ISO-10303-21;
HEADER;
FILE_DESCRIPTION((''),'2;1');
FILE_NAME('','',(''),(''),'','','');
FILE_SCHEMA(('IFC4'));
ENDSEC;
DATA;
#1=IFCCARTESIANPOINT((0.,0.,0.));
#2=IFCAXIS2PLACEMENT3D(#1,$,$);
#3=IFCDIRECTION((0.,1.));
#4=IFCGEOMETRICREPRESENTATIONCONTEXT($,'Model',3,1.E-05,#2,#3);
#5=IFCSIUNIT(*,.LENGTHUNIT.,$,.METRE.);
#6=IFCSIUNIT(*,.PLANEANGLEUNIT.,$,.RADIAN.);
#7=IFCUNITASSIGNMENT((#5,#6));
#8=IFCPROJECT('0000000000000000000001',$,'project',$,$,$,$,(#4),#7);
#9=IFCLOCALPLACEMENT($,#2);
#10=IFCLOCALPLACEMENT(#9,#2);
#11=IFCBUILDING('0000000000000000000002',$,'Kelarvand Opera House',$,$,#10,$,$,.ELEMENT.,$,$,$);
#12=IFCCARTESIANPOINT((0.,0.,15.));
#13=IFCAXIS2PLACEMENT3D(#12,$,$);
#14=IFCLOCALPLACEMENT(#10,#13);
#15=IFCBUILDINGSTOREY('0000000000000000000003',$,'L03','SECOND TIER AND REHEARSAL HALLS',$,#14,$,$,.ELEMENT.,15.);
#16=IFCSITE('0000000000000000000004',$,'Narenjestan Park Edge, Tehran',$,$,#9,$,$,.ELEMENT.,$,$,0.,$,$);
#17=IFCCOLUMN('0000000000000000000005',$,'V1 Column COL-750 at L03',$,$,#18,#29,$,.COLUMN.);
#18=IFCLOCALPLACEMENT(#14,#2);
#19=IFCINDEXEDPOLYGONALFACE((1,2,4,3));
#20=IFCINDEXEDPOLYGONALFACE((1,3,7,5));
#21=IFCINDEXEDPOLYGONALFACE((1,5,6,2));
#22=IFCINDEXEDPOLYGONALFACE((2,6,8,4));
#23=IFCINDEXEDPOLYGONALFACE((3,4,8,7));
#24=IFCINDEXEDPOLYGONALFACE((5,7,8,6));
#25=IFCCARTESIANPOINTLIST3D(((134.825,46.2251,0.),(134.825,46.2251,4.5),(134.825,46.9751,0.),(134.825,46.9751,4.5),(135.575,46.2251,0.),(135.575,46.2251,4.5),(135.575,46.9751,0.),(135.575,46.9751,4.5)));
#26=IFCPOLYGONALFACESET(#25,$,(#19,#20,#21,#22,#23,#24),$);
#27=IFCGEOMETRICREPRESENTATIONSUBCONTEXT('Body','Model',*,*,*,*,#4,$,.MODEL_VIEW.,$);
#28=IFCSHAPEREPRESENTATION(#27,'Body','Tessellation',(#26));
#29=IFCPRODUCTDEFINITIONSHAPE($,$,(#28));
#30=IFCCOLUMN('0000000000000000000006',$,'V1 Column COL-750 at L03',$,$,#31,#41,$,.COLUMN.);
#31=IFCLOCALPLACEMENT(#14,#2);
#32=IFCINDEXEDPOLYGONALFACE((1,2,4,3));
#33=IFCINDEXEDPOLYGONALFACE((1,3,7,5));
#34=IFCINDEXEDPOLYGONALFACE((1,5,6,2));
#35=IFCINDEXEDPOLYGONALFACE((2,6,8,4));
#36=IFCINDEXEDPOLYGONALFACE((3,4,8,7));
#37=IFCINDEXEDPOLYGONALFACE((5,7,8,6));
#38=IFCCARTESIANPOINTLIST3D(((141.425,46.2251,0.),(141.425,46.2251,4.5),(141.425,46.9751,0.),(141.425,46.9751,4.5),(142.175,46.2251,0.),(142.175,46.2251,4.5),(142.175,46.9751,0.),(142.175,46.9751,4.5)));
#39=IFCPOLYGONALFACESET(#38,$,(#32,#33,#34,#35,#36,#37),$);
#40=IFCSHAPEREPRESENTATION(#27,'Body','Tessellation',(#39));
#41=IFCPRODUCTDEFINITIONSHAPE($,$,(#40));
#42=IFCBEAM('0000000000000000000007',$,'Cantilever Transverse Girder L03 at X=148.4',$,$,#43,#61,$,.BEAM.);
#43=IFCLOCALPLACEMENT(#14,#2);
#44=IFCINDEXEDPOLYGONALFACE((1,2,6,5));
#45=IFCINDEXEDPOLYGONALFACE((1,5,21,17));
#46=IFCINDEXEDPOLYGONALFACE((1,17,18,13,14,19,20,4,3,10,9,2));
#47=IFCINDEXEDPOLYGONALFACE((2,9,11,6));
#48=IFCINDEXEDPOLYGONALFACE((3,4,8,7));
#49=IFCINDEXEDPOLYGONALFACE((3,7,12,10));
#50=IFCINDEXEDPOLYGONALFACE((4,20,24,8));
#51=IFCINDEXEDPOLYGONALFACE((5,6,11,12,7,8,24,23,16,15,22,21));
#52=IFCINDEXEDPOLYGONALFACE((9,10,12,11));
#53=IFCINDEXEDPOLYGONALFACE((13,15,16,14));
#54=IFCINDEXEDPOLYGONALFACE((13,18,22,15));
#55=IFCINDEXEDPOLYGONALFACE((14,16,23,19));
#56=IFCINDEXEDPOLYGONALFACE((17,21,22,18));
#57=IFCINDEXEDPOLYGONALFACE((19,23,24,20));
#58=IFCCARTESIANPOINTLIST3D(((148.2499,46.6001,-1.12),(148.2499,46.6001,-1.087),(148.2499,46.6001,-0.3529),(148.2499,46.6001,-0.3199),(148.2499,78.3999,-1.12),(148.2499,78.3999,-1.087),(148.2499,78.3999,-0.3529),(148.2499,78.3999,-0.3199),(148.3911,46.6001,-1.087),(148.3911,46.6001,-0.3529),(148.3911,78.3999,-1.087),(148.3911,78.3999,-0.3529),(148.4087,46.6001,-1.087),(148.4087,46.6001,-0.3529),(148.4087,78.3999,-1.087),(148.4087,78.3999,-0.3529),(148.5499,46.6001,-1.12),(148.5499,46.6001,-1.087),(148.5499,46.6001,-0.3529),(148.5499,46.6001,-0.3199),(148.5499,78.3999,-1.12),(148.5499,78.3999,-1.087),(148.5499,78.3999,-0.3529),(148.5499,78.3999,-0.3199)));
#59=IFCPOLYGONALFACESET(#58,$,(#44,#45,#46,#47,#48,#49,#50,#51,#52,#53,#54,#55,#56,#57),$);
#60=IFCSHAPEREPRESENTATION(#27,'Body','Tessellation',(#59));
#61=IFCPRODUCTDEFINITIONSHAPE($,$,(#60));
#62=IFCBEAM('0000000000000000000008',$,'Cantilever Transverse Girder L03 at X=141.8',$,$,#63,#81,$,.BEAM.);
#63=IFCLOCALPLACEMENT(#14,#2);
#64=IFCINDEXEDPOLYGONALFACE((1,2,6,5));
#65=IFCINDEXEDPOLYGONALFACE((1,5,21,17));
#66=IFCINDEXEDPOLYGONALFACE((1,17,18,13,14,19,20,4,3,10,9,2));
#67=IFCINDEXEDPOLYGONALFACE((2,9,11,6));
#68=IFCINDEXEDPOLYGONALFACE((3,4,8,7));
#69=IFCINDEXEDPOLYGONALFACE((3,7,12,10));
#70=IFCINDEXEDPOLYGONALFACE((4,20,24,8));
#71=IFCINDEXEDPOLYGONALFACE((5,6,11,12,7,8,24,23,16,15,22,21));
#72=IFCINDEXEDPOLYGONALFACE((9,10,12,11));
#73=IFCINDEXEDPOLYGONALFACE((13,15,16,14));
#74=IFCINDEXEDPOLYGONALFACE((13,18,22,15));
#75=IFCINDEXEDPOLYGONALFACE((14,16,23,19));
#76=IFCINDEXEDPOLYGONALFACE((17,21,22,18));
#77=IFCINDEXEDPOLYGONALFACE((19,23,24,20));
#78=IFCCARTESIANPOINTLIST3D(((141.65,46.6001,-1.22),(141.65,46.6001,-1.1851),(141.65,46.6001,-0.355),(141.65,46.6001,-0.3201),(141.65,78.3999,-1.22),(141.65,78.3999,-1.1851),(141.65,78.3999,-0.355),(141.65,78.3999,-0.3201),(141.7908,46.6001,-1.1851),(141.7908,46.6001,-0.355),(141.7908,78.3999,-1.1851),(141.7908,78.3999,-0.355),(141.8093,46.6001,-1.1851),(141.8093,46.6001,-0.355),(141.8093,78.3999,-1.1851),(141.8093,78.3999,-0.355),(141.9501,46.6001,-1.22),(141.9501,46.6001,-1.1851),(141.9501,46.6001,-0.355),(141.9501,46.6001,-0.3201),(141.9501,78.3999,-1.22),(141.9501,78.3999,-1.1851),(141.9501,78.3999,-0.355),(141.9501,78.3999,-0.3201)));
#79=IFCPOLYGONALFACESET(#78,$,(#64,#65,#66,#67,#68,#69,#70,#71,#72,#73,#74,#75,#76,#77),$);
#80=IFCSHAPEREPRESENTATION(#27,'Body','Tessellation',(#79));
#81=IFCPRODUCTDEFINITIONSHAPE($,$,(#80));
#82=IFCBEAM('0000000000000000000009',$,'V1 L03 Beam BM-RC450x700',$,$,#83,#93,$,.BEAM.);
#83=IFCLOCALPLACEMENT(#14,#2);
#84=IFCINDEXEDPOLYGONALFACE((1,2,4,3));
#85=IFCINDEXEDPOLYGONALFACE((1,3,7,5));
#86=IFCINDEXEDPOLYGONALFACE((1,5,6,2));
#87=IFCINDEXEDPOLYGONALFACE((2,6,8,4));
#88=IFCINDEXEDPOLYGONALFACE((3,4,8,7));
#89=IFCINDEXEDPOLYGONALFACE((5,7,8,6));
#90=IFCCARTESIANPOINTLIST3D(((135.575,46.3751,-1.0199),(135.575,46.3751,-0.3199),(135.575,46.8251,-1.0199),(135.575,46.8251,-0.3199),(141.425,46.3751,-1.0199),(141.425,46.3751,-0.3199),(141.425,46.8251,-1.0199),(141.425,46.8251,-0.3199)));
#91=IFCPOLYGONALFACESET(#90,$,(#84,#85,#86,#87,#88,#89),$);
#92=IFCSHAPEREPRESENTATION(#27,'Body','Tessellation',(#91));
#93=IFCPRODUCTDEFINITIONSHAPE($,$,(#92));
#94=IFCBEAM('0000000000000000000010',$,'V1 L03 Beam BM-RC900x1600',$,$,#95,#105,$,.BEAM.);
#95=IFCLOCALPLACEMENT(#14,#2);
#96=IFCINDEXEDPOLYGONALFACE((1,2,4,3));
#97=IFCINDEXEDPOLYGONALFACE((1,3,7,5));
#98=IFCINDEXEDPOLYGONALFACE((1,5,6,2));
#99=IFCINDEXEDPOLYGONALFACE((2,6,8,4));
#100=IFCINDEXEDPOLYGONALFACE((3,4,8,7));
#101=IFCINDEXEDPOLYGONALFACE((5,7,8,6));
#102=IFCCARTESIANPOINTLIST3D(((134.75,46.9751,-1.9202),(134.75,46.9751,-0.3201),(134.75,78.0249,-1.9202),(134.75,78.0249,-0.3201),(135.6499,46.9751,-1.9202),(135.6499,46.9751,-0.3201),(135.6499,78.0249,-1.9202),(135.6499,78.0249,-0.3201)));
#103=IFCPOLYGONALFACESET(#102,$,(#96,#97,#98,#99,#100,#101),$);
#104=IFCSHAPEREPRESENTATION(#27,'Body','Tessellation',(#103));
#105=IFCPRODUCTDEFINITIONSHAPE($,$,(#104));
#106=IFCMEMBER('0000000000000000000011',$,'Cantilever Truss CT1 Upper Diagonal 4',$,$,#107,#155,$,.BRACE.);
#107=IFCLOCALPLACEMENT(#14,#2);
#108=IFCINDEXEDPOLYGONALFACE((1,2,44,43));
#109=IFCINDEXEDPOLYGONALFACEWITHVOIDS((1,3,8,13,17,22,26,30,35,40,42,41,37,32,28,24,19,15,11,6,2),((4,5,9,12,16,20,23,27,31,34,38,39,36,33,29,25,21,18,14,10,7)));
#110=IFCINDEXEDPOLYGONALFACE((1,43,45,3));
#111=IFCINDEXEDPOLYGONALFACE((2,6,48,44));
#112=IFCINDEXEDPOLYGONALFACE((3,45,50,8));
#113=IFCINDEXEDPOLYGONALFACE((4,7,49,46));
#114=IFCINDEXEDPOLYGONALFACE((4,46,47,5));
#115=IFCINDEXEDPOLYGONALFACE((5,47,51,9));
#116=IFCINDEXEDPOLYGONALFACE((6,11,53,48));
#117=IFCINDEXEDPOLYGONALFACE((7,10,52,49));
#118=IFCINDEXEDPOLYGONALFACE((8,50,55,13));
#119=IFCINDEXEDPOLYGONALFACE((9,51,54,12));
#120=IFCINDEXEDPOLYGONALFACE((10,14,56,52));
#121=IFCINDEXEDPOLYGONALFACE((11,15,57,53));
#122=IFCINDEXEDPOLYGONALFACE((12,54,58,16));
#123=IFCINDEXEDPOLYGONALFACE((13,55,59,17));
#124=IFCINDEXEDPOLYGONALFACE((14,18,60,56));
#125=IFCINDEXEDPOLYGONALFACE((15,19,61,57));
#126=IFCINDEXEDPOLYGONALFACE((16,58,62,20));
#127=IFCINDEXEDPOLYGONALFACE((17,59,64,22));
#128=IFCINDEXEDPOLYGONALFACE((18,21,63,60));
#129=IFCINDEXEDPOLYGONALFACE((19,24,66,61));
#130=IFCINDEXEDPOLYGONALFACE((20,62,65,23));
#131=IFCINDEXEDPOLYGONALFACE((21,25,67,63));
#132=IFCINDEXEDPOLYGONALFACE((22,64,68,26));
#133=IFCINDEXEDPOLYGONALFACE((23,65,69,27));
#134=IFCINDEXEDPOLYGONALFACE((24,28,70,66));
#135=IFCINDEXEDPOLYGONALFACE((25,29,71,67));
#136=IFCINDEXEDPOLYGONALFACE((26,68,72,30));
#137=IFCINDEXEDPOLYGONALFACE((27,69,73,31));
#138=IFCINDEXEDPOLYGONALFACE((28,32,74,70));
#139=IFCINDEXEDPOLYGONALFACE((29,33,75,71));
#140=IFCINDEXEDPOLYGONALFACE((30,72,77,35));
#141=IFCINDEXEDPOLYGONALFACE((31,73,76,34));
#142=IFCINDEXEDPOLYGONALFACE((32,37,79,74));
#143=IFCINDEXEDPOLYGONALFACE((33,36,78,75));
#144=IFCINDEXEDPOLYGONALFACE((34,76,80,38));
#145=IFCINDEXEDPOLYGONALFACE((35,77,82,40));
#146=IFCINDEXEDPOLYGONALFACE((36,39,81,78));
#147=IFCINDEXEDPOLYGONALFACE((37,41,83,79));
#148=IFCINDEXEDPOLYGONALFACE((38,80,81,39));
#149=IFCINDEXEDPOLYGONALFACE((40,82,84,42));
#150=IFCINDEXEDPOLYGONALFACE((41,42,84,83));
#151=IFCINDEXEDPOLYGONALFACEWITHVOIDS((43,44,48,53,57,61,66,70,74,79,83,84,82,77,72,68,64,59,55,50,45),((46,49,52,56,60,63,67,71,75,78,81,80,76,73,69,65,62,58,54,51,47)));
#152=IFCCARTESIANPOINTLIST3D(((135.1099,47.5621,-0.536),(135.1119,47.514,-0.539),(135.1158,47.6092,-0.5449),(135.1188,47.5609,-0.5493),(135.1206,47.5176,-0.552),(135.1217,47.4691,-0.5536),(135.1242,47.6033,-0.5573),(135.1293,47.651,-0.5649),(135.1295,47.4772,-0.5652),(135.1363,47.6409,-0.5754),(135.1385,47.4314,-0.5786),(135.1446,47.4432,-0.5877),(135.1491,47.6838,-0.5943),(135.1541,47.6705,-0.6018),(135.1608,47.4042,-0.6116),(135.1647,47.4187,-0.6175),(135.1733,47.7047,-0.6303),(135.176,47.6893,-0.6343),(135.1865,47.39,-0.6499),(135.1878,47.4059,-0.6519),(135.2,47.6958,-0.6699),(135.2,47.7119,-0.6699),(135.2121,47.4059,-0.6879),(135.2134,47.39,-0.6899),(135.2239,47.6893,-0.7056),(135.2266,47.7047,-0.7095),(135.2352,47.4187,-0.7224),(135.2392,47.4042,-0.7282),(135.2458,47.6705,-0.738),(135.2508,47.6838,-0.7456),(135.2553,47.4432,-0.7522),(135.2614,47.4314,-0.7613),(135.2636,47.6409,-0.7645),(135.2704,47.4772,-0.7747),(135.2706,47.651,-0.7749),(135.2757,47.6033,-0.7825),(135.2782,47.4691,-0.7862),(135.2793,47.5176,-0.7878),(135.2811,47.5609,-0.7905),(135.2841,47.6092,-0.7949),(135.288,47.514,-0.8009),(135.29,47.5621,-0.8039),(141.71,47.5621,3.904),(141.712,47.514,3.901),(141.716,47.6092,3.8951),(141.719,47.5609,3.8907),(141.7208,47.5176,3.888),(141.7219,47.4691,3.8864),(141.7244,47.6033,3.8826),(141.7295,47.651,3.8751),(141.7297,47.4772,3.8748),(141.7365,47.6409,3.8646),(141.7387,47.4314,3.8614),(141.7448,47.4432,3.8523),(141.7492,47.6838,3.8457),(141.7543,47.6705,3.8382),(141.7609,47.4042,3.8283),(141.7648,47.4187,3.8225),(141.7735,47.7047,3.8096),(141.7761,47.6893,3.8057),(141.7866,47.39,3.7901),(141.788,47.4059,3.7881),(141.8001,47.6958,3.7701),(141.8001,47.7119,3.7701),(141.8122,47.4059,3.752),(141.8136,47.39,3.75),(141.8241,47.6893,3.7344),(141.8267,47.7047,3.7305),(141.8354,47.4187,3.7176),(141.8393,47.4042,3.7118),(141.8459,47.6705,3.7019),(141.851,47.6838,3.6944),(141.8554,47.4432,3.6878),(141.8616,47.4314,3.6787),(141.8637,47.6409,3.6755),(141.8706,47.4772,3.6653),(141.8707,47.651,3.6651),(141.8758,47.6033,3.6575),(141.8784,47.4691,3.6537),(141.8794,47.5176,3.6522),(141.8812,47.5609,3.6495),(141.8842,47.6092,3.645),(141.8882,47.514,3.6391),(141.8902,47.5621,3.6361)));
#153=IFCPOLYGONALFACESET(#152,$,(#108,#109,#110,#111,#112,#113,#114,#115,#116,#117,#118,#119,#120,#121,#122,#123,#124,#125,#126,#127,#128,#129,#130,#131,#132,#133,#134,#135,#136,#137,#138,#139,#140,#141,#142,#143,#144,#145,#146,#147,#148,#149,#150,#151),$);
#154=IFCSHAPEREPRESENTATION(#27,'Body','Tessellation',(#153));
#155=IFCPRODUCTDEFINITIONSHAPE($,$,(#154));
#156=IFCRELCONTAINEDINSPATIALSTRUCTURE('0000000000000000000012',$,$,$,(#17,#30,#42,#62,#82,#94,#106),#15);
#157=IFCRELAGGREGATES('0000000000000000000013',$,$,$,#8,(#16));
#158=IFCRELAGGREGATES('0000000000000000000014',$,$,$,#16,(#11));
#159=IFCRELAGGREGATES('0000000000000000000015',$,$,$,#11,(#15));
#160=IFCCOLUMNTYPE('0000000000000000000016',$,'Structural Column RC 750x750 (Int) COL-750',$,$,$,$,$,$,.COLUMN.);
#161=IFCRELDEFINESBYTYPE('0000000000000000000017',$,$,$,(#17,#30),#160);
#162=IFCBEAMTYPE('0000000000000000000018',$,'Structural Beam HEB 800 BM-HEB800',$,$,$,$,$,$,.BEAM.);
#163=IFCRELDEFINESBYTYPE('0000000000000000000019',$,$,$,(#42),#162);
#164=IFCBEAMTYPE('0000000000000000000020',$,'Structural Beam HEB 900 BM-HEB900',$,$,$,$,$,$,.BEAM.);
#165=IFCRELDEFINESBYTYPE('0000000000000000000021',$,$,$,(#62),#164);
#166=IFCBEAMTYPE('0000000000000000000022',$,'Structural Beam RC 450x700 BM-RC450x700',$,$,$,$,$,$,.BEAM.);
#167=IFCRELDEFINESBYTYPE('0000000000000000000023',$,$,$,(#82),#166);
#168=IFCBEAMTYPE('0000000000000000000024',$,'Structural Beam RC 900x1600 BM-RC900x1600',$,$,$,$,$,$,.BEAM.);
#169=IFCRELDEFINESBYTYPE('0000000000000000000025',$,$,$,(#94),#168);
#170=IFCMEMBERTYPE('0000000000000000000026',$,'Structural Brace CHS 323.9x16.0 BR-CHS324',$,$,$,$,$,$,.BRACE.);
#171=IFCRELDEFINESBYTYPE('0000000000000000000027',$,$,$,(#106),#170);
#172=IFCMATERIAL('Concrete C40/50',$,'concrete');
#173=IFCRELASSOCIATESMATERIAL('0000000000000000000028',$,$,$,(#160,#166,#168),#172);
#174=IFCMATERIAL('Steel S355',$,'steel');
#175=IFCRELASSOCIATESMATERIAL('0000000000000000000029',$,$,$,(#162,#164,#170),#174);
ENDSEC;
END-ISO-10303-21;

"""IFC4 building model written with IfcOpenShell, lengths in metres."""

from ifc_helpers import new_model, si_unit, direction, frame, origin, origin_2d, place, context, subcontext, project, spatial, rectangle, hollow_circle, i_section, extrude, material, material_profile, profile_set, type_object, element, save


model = new_model("IFC4")

# Units and contexts
model_context = context("Model", 3, precision=1e-05, world=origin(), true_north=direction((0.0, 1.0)))
body_context = subcontext(model_context, "Body", "Model", "MODEL_VIEW")
ifc_project = project(units=[si_unit("LENGTHUNIT", "METRE"), si_unit("PLANEANGLEUNIT", "RADIAN")], contexts=[model_context])

# Site, building, storey
site_placement = place(None, origin())
site = spatial("IfcSite", under=ifc_project, at=site_placement, Name="Narenjestan Park Edge, Tehran", CompositionType="ELEMENT", RefElevation=0.0)
building_placement = place(site_placement, origin())
building = spatial("IfcBuilding", under=site, at=building_placement, Name="Kelarvand Opera House", CompositionType="ELEMENT")
storey_placement = place(building_placement, frame((0.0, 0.0, 15.0)))
storey = spatial("IfcBuildingStorey", under=building, at=storey_placement, Name="L03", Description="SECOND TIER AND REHEARSAL HALLS", CompositionType="ELEMENT", Elevation=15.0)

# Columns
ifc_material_1 = material(Name="Concrete C40/50", Category="concrete")
ifc_material_profile_1 = material_profile(ifc_material_1, rectangle(XDim=0.75, YDim=0.75, at=origin_2d()), Name="RC 750x750", Category="concrete")
ifc_profile_set_1 = profile_set([ifc_material_profile_1], Name="Concrete C40/50")
column_type = type_object("IfcColumnType", Name="Structural Column RC 750x750 (Int) COL-750", PredefinedType="COLUMN", material=ifc_profile_set_1)
for number, where, z_axis, x_axis, name in (
    (1, (135.2, 46.6001, 0.0), (0.0, 0.0, 1.0), (1.0, 0.0, 0.0), "V1 Column COL-750 at L03"),
    (2, (141.8, 46.6001, 0.0), (0.0, 0.0, 1.0), (1.0, 0.0, 0.0), "V1 Column COL-750 at L03"),
):
    element("IfcColumn", number, at=place(storey_placement, frame(where, z_axis=z_axis, x_axis=x_axis)), inside=storey, type_object=column_type, Name=name, PredefinedType="COLUMN", context=body_context, shape_type="SweptSolid", body=[
        extrude(rectangle(XDim=0.75, YDim=0.75, at=origin_2d()), origin(), (0.0, 0.0, 1.0), 4.5),
    ])

# Beams
ifc_material_2 = material(Name="Steel S355", Category="steel")
ifc_material_profile_2 = material_profile(ifc_material_2, i_section(OverallWidth=0.3, OverallDepth=0.8, WebThickness=0.0176, FlangeThickness=0.033, at=origin_2d()), Name="HEB 800", Category="steel")
ifc_profile_set_2 = profile_set([ifc_material_profile_2], Name="Steel S355")
beam_type_1 = type_object("IfcBeamType", Name="Structural Beam HEB 800 BM-HEB800", PredefinedType="BEAM", material=ifc_profile_set_2)
beam_1_placement = place(storey_placement, frame((148.3999, 46.6001, -0.72), z_axis=(0.0, 1.0, 0.0), x_axis=(-1.0, 0.0, 0.0)))
element("IfcBeam", 3, at=beam_1_placement, inside=storey, type_object=beam_type_1, Name="Cantilever Transverse Girder L03 at X=148.4", PredefinedType="BEAM", context=body_context, shape_type="SweptSolid", body=[
    extrude(i_section(OverallWidth=0.3, OverallDepth=0.8, WebThickness=0.0176, FlangeThickness=0.033, at=origin_2d()), origin(), (0.0, 0.0, 1.0), 31.7998),
])
ifc_material_profile_3 = material_profile(ifc_material_2, i_section(OverallWidth=0.3, OverallDepth=0.8999, WebThickness=0.0186, FlangeThickness=0.0349, at=origin_2d()), Name="HEB 900", Category="steel")
ifc_profile_set_3 = profile_set([ifc_material_profile_3], Name="Steel S355")
beam_type_2 = type_object("IfcBeamType", Name="Structural Beam HEB 900 BM-HEB900", PredefinedType="BEAM", material=ifc_profile_set_3)
beam_2_placement = place(storey_placement, frame((141.8, 46.6001, -0.77), z_axis=(0.0, 1.0, 0.0), x_axis=(-1.0, 0.0, 0.0)))
element("IfcBeam", 4, at=beam_2_placement, inside=storey, type_object=beam_type_2, Name="Cantilever Transverse Girder L03 at X=141.8", PredefinedType="BEAM", context=body_context, shape_type="SweptSolid", body=[
    extrude(i_section(OverallWidth=0.3, OverallDepth=0.8999, WebThickness=0.0186, FlangeThickness=0.0349, at=origin_2d()), origin(), (0.0, 0.0, 1.0), 31.7998),
])
ifc_material_profile_4 = material_profile(ifc_material_1, rectangle(XDim=0.45, YDim=0.7, at=origin_2d()), Name="RC 450x700", Category="concrete")
ifc_profile_set_4 = profile_set([ifc_material_profile_4], Name="Concrete C40/50")
beam_type_3 = type_object("IfcBeamType", Name="Structural Beam RC 450x700 BM-RC450x700", PredefinedType="BEAM", material=ifc_profile_set_4)
beam_3_placement = place(storey_placement, frame((135.575, 46.6001, -0.6699), z_axis=(1.0, 0.0, 0.0), x_axis=(0.0, 1.0, 0.0)))
element("IfcBeam", 5, at=beam_3_placement, inside=storey, type_object=beam_type_3, Name="V1 L03 Beam BM-RC450x700", PredefinedType="BEAM", context=body_context, shape_type="SweptSolid", body=[
    extrude(rectangle(XDim=0.45, YDim=0.7, at=origin_2d()), origin(), (0.0, 0.0, 1.0), 5.8501),
])
ifc_material_profile_5 = material_profile(ifc_material_1, rectangle(XDim=0.8999, YDim=1.6001, at=origin_2d()), Name="RC 900x1600", Category="concrete")
ifc_profile_set_5 = profile_set([ifc_material_profile_5], Name="Concrete C40/50")
beam_type_4 = type_object("IfcBeamType", Name="Structural Beam RC 900x1600 BM-RC900x1600", PredefinedType="BEAM", material=ifc_profile_set_5)
beam_4_placement = place(storey_placement, frame((135.2, 46.9751, -1.1201), z_axis=(0.0, 1.0, 0.0), x_axis=(-1.0, 0.0, 0.0)))
element("IfcBeam", 6, at=beam_4_placement, inside=storey, type_object=beam_type_4, Name="V1 L03 Beam BM-RC900x1600", PredefinedType="BEAM", context=body_context, shape_type="SweptSolid", body=[
    extrude(rectangle(XDim=0.8999, YDim=1.6001, at=origin_2d()), origin(), (0.0, 0.0, 1.0), 31.0498),
])

# Member
ifc_material_profile_6 = material_profile(ifc_material_2, hollow_circle(Radius=0.1619, WallThickness=0.0161, at=origin_2d()), Name="CHS 323.9x16.0", Category="steel")
ifc_profile_set_6 = profile_set([ifc_material_profile_6], Name="Steel S355")
member_type_1 = type_object("IfcMemberType", Name="Structural Brace CHS 323.9x16.0 BR-CHS324", PredefinedType="BRACE", material=ifc_profile_set_6)
member_1_placement = place(storey_placement, frame((135.2, 47.55, -0.6699), z_axis=(0.829729, 0.0, 0.558166), x_axis=(0.0, 1.0, 0.0)))
element("IfcMember", 7, at=member_1_placement, inside=storey, type_object=member_type_1, Name="Cantilever Truss CT1 Upper Diagonal 4", PredefinedType="BRACE", context=body_context, shape_type="SweptSolid", body=[
    extrude(hollow_circle(Radius=0.1619, WallThickness=0.0161, at=origin_2d()), origin(), (0.0, 0.0, 1.0), 7.9546),
])

save(model, "model.ifc")
